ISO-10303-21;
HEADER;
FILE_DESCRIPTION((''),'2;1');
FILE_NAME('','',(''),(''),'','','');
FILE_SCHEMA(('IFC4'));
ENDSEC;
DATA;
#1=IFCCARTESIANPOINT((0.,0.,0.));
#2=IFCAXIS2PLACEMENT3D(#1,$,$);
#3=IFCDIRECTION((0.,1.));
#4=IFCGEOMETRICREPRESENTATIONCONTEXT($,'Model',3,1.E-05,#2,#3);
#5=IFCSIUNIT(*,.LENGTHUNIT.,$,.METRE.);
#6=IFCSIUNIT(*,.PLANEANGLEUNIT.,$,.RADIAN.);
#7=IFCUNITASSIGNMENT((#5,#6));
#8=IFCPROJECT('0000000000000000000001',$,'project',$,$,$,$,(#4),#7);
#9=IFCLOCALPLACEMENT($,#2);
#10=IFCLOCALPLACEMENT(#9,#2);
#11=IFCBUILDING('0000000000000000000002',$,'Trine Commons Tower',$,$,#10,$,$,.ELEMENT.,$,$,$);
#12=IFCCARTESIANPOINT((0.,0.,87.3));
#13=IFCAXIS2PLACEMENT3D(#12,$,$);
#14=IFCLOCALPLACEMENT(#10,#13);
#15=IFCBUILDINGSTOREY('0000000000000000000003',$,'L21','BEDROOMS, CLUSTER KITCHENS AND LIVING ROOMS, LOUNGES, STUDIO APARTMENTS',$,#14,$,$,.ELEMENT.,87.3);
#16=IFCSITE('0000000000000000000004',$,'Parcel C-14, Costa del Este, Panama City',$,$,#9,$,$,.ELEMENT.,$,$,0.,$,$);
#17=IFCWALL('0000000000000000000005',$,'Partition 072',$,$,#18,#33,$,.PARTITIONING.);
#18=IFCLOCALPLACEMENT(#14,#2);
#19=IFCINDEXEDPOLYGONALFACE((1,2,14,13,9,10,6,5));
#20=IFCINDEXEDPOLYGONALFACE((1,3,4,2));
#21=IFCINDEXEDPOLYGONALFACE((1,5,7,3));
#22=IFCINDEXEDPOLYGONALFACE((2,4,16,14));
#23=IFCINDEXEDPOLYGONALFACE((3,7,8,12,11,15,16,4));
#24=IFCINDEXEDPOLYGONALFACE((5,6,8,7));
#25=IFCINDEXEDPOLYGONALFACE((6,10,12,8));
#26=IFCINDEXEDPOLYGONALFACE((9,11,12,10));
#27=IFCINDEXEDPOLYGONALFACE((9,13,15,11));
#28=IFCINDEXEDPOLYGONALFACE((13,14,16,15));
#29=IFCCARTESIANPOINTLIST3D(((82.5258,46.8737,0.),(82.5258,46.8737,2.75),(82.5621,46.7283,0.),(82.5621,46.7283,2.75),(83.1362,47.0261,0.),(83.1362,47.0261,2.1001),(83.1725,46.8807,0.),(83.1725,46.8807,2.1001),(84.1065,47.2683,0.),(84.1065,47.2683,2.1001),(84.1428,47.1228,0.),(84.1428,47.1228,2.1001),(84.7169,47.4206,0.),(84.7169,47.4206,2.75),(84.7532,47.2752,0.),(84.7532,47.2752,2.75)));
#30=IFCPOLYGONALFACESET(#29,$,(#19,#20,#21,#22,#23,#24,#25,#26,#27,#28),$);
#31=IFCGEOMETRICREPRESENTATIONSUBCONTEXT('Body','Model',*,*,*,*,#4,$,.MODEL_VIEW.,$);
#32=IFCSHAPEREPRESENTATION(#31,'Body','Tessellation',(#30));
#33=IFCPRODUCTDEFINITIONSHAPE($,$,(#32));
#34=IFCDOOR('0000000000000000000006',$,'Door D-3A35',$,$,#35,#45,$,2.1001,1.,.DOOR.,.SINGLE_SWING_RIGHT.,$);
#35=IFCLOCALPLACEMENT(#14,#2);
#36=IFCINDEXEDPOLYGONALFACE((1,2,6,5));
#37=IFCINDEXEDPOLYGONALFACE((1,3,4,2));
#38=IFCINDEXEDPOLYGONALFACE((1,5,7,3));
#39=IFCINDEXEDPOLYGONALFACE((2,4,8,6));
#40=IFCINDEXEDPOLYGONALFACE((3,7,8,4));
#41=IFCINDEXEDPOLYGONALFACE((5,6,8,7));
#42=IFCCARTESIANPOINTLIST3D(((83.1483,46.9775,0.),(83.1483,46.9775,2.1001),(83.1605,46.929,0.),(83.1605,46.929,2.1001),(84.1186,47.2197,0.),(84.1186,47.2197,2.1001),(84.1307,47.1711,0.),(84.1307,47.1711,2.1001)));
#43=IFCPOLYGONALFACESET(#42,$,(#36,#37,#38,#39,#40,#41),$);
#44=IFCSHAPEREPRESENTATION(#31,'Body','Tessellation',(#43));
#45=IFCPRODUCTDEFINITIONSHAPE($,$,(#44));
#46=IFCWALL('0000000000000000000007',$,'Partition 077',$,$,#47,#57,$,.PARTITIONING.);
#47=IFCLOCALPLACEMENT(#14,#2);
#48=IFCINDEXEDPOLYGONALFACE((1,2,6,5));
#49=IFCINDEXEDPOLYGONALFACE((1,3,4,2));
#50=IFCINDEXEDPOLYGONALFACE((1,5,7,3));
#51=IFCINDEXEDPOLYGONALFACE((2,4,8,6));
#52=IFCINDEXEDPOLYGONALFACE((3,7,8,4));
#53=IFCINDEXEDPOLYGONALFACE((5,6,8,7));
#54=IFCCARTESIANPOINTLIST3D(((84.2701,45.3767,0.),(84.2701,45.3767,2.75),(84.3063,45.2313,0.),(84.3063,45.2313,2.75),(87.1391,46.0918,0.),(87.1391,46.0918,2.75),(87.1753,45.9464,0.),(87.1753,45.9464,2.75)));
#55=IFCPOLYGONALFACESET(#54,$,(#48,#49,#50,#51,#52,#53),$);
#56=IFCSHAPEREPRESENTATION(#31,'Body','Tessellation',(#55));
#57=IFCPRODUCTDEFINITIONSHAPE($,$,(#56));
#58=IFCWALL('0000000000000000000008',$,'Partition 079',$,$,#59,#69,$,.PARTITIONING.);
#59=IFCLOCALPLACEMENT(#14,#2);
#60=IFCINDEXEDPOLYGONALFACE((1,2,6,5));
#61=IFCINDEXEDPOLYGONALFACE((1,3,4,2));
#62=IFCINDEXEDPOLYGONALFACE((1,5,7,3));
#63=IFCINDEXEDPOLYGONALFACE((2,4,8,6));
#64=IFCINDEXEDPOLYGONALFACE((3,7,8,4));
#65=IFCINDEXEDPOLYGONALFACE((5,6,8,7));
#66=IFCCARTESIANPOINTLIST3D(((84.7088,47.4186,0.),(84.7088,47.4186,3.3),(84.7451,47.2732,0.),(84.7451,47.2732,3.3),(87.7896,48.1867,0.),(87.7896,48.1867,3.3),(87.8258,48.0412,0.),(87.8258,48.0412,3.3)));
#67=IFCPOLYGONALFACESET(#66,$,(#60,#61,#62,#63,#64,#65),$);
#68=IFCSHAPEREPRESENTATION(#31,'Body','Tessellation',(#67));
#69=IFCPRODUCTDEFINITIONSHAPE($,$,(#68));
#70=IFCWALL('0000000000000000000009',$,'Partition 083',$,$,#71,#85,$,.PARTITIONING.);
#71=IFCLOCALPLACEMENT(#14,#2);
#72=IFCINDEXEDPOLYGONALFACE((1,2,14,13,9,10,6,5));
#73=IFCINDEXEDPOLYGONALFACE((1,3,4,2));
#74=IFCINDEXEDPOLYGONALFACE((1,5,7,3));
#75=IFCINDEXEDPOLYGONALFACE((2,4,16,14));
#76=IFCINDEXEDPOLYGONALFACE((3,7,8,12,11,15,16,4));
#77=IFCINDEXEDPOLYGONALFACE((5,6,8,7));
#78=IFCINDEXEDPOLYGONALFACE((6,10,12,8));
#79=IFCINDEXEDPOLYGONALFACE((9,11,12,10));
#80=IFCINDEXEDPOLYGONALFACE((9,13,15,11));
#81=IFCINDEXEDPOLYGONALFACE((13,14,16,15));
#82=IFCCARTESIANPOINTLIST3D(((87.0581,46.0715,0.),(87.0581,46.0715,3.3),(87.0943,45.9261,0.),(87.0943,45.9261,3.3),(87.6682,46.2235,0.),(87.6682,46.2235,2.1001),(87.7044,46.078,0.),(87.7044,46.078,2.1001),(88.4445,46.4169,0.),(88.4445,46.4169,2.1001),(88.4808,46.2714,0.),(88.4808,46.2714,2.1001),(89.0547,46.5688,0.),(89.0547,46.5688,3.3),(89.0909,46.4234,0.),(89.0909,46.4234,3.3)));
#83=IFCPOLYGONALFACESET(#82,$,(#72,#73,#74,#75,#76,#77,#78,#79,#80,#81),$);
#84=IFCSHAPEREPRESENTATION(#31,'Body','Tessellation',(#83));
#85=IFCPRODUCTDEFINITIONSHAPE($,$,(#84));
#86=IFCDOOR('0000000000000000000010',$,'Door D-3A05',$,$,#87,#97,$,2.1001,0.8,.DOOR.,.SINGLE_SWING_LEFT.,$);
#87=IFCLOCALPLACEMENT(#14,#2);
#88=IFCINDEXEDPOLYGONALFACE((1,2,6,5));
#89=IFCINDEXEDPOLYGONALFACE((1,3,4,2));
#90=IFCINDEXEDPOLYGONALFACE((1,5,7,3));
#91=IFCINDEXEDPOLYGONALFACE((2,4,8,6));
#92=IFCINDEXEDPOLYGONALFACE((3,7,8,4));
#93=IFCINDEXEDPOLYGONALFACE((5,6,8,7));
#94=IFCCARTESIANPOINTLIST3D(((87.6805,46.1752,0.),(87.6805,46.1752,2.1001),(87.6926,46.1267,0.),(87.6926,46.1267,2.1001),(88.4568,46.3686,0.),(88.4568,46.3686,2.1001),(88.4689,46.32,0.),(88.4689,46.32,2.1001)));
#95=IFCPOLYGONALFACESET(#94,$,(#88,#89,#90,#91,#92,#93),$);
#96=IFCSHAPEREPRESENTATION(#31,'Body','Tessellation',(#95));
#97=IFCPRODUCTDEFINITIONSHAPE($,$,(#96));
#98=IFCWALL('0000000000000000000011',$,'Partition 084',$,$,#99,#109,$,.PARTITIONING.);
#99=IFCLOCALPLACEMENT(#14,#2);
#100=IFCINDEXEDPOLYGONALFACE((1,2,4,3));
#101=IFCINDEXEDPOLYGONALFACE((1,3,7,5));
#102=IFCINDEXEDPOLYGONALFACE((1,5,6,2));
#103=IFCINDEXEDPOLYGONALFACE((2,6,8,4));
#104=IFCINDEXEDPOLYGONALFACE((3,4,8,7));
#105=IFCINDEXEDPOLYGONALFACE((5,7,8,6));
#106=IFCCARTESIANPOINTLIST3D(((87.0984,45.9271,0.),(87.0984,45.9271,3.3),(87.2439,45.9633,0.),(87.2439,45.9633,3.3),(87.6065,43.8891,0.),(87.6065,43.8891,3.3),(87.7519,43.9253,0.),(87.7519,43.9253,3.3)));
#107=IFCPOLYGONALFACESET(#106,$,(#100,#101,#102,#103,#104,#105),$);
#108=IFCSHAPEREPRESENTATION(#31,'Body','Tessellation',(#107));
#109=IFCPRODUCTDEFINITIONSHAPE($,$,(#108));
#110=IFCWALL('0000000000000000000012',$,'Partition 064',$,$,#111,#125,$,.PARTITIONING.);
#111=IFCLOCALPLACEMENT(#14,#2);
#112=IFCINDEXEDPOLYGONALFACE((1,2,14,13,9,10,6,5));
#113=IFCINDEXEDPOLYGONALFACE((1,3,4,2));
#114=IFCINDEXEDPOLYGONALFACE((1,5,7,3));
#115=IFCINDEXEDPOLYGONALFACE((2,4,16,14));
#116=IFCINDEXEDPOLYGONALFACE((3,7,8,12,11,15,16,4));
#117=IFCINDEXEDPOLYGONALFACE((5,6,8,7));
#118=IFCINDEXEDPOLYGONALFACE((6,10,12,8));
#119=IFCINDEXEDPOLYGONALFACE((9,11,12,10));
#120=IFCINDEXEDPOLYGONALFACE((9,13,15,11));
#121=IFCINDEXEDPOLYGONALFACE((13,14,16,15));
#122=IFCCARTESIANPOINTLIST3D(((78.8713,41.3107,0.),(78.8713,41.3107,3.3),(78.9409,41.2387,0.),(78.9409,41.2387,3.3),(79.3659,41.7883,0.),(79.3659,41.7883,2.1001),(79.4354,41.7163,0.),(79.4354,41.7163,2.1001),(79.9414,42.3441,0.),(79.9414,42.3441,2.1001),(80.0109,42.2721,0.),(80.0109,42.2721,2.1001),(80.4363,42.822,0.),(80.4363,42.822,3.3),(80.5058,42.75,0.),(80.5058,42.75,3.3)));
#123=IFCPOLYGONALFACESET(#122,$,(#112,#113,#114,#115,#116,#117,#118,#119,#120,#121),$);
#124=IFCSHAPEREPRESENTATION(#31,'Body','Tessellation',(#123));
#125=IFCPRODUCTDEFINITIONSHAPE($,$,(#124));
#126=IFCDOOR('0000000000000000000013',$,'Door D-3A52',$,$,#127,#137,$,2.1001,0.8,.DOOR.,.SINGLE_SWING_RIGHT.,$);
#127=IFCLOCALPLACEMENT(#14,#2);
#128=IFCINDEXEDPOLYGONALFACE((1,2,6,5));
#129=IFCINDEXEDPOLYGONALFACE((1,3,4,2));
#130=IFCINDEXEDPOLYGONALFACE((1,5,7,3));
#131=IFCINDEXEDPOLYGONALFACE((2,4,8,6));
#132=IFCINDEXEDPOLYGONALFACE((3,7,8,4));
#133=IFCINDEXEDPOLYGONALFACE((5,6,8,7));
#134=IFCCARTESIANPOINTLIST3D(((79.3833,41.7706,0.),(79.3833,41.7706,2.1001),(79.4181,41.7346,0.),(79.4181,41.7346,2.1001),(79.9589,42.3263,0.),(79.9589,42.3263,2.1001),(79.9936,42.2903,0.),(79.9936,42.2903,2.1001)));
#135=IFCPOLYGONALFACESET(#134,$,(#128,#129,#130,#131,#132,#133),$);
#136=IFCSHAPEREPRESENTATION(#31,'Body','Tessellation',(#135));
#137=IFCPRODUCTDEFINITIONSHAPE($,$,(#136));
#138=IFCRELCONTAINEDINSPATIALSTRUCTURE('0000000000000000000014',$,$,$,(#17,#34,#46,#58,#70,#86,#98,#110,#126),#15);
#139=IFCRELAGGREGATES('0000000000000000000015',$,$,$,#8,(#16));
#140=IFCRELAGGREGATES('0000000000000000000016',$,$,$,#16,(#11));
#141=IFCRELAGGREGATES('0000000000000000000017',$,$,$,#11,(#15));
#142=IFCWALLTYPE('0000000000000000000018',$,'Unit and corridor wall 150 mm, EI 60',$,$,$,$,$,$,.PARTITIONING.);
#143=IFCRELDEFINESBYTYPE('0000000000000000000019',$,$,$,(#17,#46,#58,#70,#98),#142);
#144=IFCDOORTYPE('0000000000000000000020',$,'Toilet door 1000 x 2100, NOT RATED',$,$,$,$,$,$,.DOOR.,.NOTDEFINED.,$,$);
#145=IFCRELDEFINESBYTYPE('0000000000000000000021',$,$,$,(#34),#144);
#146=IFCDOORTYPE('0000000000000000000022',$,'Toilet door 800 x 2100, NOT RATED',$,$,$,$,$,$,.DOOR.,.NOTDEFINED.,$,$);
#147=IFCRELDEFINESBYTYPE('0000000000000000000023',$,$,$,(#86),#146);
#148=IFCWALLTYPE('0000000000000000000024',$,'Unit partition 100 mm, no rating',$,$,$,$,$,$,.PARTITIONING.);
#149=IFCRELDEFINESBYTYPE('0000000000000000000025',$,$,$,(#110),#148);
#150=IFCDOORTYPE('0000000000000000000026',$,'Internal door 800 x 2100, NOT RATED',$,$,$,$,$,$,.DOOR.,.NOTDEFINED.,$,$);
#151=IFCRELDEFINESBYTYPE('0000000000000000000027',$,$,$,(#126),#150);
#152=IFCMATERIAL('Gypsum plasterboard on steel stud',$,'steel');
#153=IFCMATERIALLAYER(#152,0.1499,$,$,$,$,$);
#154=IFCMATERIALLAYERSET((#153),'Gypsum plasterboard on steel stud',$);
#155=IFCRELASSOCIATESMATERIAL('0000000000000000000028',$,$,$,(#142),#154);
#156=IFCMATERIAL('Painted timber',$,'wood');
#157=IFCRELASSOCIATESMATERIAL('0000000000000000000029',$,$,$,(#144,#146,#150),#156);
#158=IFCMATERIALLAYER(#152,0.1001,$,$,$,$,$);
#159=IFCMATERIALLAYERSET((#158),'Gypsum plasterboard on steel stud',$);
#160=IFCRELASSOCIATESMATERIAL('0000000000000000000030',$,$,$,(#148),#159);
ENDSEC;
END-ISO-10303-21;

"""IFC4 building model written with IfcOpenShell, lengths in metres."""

from ifc_helpers import new_model, si_unit, direction, frame, frame_2d, origin, place, context, subcontext, project, spatial, rectangle, extrude, material, layer, layer_set, type_object, element, fill, save


model = new_model("IFC4")

# Units and contexts
model_context = context("Model", 3, precision=1e-05, world=origin(), true_north=direction((0.0, 1.0)))
body_context = subcontext(model_context, "Body", "Model", "MODEL_VIEW")
ifc_project = project(units=[si_unit("LENGTHUNIT", "METRE"), si_unit("PLANEANGLEUNIT", "RADIAN")], contexts=[model_context])

# Site, building, storey
site_placement = place(None, origin())
site = spatial("IfcSite", under=ifc_project, at=site_placement, Name="Parcel C-14, Costa del Este, Panama City", CompositionType="ELEMENT", RefElevation=0.0)
building_placement = place(site_placement, origin())
building = spatial("IfcBuilding", under=site, at=building_placement, Name="Trine Commons Tower", CompositionType="ELEMENT")
storey_placement = place(building_placement, frame((0.0, 0.0, 87.3)))
storey = spatial("IfcBuildingStorey", under=building, at=storey_placement, Name="L21", Description="BEDROOMS, CLUSTER KITCHENS AND LIVING ROOMS, LOUNGES, STUDIO APARTMENTS", CompositionType="ELEMENT", Elevation=87.3)

# Shared definitions
ifc_material_1 = material(Name="Gypsum plasterboard on steel stud", Category="steel")
ifc_layer_1 = layer(ifc_material_1, 0.1499)
ifc_layer_set_1 = layer_set([ifc_layer_1], Name="Gypsum plasterboard on steel stud")
wall_type_1 = type_object("IfcWallType", Name="Unit and corridor wall 150 mm, EI 60", PredefinedType="PARTITIONING", material=ifc_layer_set_1)

# Wall, opening, door
wall_1_placement = place(storey_placement, frame((82.5439, 46.801, 0.0), z_axis=(0.0, 0.0, 1.0), x_axis=(0.970238, 0.242154, 0.0)))
wall_1 = element("IfcWall", 1, at=wall_1_placement, inside=storey, type_object=wall_type_1, Name="Partition 072", PredefinedType="PARTITIONING", context=body_context, shape_type="SweptSolid", body=[
    extrude(rectangle(XDim=2.2583, YDim=0.1499, at=frame_2d((1.1292, 0.0))), origin(), (0.0, 0.0, 1.0), 2.75),
])
opening_1_placement = place(wall_1_placement, frame((0.6292, 0.0, 0.0)))
opening_1 = element("IfcOpeningElement", 2, at=opening_1_placement, cuts=wall_1, PredefinedType="OPENING", context=body_context, shape_type="SweptSolid", body=[
    extrude(rectangle(XDim=1.0, YDim=2.1001, at=frame_2d((0.5, 1.05))), frame((0.0, 0.085, 0.0), z_axis=(0.0, -1.0, 0.0), x_axis=(1.0, 0.0, 0.0)), (0.0, 0.0, 1.0), 0.1699),
])
ifc_material_2 = material(Name="Painted timber", Category="wood")
door_type_1 = type_object("IfcDoorType", Name="Toilet door 1000 x 2100, NOT RATED", OperationType="NOTDEFINED", PredefinedType="DOOR", material=ifc_material_2)
door_1_placement = place(opening_1_placement, origin())
door_1 = element("IfcDoor", 3, at=door_1_placement, inside=storey, type_object=door_type_1, Name="Door D-3A35", OperationType="SINGLE_SWING_RIGHT", OverallHeight=2.1001, OverallWidth=1.0, PredefinedType="DOOR", context=body_context, shape_type="SweptSolid", body=[
    extrude(rectangle(XDim=1.0, YDim=2.1001, at=frame_2d((0.5, 1.05))), frame((0.0, 0.0249, 0.0), z_axis=(0.0, -1.0, 0.0), x_axis=(1.0, 0.0, 0.0)), (0.0, 0.0, 1.0), 0.05),
])
fill(opening_1, door_1)

# Walls
wall_2_placement = place(storey_placement, frame((84.2881, 45.304, 0.0), z_axis=(0.0, 0.0, 1.0), x_axis=(0.970312, 0.241856, 0.0)))
element("IfcWall", 4, at=wall_2_placement, inside=storey, type_object=wall_type_1, Name="Partition 077", PredefinedType="PARTITIONING", context=body_context, shape_type="SweptSolid", body=[
    extrude(rectangle(XDim=2.9568, YDim=0.1499, at=frame_2d((1.4785, 0.0))), origin(), (0.0, 0.0, 1.0), 2.75),
])
wall_3_placement = place(storey_placement, frame((84.7271, 47.3459, 0.0), z_axis=(0.0, 0.0, 1.0), x_axis=(0.970301, 0.241902, 0.0)))
element("IfcWall", 5, at=wall_3_placement, inside=storey, type_object=wall_type_1, Name="Partition 079", PredefinedType="PARTITIONING", context=body_context, shape_type="SweptSolid", body=[
    extrude(rectangle(XDim=3.175, YDim=0.1499, at=frame_2d((1.5874, 0.0))), origin(), (0.0, 0.0, 1.0), 3.3),
])

# Wall, opening, door
wall_4_placement = place(storey_placement, frame((87.0762, 45.9988, 0.0), z_axis=(0.0, 0.0, 1.0), x_axis=(0.970352, 0.241698, 0.0)))
wall_4 = element("IfcWall", 6, at=wall_4_placement, inside=storey, type_object=wall_type_1, Name="Partition 083", PredefinedType="PARTITIONING", context=body_context, shape_type="SweptSolid", body=[
    extrude(rectangle(XDim=2.0576, YDim=0.1499, at=frame_2d((1.0288, 0.0))), origin(), (0.0, 0.0, 1.0), 3.3),
])
opening_2_placement = place(wall_4_placement, frame((0.6289, 0.0, 0.0)))
opening_2 = element("IfcOpeningElement", 7, at=opening_2_placement, cuts=wall_4, PredefinedType="OPENING", context=body_context, shape_type="SweptSolid", body=[
    extrude(rectangle(XDim=0.8, YDim=2.1001, at=frame_2d((0.3999, 1.05))), frame((0.0, 0.085, 0.0), z_axis=(0.0, -1.0, 0.0), x_axis=(1.0, 0.0, 0.0)), (0.0, 0.0, 1.0), 0.1699),
])
door_type_2 = type_object("IfcDoorType", Name="Toilet door 800 x 2100, NOT RATED", OperationType="NOTDEFINED", PredefinedType="DOOR", material=ifc_material_2)
door_2_placement = place(opening_2_placement, frame((0.8, 0.0, 0.0), z_axis=(0.0, 0.0, 1.0), x_axis=(-1.0, 0.0, 0.0)))
door_2 = element("IfcDoor", 8, at=door_2_placement, inside=storey, type_object=door_type_2, Name="Door D-3A05", OperationType="SINGLE_SWING_LEFT", OverallHeight=2.1001, OverallWidth=0.8, PredefinedType="DOOR", context=body_context, shape_type="SweptSolid", body=[
    extrude(rectangle(XDim=0.8, YDim=2.1001, at=frame_2d((0.3999, 1.05))), frame((0.0, 0.0249, 0.0), z_axis=(0.0, -1.0, 0.0), x_axis=(1.0, 0.0, 0.0)), (0.0, 0.0, 1.0), 0.05),
])
fill(opening_2, door_2)

# Wall
wall_5_placement = place(storey_placement, frame((87.1711, 45.9453, 0.0), z_axis=(0.0, 0.0, 1.0), x_axis=(0.241879, -0.970306, 0.0)))
element("IfcWall", 9, at=wall_5_placement, inside=storey, type_object=wall_type_1, Name="Partition 084", PredefinedType="PARTITIONING", context=body_context, shape_type="SweptSolid", body=[
    extrude(rectangle(XDim=2.1003, YDim=0.1499, at=frame_2d((1.0503, 0.0))), origin(), (0.0, 0.0, 1.0), 3.3),
])

# Wall, opening, door
ifc_layer_2 = layer(ifc_material_1, 0.1001)
ifc_layer_set_2 = layer_set([ifc_layer_2], Name="Gypsum plasterboard on steel stud")
wall_type_2 = type_object("IfcWallType", Name="Unit partition 100 mm, no rating", PredefinedType="PARTITIONING", material=ifc_layer_set_2)
wall_6_placement = place(storey_placement, frame((78.906, 41.2747, 0.0), z_axis=(0.0, 0.0, 1.0), x_axis=(0.719343, 0.694655, 0.0)))
wall_6 = element("IfcWall", 10, at=wall_6_placement, inside=storey, type_object=wall_type_2, Name="Partition 064", PredefinedType="PARTITIONING", context=body_context, shape_type="SweptSolid", body=[
    extrude(rectangle(XDim=2.1755, YDim=0.1001, at=frame_2d((1.0879, 0.0))), origin(), (0.0, 0.0, 1.0), 3.3),
])
opening_3_placement = place(wall_6_placement, frame((0.6877, 0.0, 0.0)))
opening_3 = element("IfcOpeningElement", 11, at=opening_3_placement, cuts=wall_6, PredefinedType="OPENING", context=body_context, shape_type="SweptSolid", body=[
    extrude(rectangle(XDim=0.8, YDim=2.1001, at=frame_2d((0.3999, 1.05))), frame((0.0, 0.0601, 0.0), z_axis=(0.0, -1.0, 0.0), x_axis=(1.0, 0.0, 0.0)), (0.0, 0.0, 1.0), 0.1201),
])
door_type_3 = type_object("IfcDoorType", Name="Internal door 800 x 2100, NOT RATED", OperationType="NOTDEFINED", PredefinedType="DOOR", material=ifc_material_2)
door_3_placement = place(opening_3_placement, frame((0.8, 0.0, 0.0), z_axis=(0.0, 0.0, 1.0), x_axis=(-1.0, 0.0, 0.0)))
door_3 = element("IfcDoor", 12, at=door_3_placement, inside=storey, type_object=door_type_3, Name="Door D-3A52", OperationType="SINGLE_SWING_RIGHT", OverallHeight=2.1001, OverallWidth=0.8, PredefinedType="DOOR", context=body_context, shape_type="SweptSolid", body=[
    extrude(rectangle(XDim=0.8, YDim=2.1001, at=frame_2d((0.3999, 1.05))), frame((0.0, 0.0249, 0.0), z_axis=(0.0, -1.0, 0.0), x_axis=(1.0, 0.0, 0.0)), (0.0, 0.0, 1.0), 0.05),
])
fill(opening_3, door_3)

save(model, "model.ifc")
